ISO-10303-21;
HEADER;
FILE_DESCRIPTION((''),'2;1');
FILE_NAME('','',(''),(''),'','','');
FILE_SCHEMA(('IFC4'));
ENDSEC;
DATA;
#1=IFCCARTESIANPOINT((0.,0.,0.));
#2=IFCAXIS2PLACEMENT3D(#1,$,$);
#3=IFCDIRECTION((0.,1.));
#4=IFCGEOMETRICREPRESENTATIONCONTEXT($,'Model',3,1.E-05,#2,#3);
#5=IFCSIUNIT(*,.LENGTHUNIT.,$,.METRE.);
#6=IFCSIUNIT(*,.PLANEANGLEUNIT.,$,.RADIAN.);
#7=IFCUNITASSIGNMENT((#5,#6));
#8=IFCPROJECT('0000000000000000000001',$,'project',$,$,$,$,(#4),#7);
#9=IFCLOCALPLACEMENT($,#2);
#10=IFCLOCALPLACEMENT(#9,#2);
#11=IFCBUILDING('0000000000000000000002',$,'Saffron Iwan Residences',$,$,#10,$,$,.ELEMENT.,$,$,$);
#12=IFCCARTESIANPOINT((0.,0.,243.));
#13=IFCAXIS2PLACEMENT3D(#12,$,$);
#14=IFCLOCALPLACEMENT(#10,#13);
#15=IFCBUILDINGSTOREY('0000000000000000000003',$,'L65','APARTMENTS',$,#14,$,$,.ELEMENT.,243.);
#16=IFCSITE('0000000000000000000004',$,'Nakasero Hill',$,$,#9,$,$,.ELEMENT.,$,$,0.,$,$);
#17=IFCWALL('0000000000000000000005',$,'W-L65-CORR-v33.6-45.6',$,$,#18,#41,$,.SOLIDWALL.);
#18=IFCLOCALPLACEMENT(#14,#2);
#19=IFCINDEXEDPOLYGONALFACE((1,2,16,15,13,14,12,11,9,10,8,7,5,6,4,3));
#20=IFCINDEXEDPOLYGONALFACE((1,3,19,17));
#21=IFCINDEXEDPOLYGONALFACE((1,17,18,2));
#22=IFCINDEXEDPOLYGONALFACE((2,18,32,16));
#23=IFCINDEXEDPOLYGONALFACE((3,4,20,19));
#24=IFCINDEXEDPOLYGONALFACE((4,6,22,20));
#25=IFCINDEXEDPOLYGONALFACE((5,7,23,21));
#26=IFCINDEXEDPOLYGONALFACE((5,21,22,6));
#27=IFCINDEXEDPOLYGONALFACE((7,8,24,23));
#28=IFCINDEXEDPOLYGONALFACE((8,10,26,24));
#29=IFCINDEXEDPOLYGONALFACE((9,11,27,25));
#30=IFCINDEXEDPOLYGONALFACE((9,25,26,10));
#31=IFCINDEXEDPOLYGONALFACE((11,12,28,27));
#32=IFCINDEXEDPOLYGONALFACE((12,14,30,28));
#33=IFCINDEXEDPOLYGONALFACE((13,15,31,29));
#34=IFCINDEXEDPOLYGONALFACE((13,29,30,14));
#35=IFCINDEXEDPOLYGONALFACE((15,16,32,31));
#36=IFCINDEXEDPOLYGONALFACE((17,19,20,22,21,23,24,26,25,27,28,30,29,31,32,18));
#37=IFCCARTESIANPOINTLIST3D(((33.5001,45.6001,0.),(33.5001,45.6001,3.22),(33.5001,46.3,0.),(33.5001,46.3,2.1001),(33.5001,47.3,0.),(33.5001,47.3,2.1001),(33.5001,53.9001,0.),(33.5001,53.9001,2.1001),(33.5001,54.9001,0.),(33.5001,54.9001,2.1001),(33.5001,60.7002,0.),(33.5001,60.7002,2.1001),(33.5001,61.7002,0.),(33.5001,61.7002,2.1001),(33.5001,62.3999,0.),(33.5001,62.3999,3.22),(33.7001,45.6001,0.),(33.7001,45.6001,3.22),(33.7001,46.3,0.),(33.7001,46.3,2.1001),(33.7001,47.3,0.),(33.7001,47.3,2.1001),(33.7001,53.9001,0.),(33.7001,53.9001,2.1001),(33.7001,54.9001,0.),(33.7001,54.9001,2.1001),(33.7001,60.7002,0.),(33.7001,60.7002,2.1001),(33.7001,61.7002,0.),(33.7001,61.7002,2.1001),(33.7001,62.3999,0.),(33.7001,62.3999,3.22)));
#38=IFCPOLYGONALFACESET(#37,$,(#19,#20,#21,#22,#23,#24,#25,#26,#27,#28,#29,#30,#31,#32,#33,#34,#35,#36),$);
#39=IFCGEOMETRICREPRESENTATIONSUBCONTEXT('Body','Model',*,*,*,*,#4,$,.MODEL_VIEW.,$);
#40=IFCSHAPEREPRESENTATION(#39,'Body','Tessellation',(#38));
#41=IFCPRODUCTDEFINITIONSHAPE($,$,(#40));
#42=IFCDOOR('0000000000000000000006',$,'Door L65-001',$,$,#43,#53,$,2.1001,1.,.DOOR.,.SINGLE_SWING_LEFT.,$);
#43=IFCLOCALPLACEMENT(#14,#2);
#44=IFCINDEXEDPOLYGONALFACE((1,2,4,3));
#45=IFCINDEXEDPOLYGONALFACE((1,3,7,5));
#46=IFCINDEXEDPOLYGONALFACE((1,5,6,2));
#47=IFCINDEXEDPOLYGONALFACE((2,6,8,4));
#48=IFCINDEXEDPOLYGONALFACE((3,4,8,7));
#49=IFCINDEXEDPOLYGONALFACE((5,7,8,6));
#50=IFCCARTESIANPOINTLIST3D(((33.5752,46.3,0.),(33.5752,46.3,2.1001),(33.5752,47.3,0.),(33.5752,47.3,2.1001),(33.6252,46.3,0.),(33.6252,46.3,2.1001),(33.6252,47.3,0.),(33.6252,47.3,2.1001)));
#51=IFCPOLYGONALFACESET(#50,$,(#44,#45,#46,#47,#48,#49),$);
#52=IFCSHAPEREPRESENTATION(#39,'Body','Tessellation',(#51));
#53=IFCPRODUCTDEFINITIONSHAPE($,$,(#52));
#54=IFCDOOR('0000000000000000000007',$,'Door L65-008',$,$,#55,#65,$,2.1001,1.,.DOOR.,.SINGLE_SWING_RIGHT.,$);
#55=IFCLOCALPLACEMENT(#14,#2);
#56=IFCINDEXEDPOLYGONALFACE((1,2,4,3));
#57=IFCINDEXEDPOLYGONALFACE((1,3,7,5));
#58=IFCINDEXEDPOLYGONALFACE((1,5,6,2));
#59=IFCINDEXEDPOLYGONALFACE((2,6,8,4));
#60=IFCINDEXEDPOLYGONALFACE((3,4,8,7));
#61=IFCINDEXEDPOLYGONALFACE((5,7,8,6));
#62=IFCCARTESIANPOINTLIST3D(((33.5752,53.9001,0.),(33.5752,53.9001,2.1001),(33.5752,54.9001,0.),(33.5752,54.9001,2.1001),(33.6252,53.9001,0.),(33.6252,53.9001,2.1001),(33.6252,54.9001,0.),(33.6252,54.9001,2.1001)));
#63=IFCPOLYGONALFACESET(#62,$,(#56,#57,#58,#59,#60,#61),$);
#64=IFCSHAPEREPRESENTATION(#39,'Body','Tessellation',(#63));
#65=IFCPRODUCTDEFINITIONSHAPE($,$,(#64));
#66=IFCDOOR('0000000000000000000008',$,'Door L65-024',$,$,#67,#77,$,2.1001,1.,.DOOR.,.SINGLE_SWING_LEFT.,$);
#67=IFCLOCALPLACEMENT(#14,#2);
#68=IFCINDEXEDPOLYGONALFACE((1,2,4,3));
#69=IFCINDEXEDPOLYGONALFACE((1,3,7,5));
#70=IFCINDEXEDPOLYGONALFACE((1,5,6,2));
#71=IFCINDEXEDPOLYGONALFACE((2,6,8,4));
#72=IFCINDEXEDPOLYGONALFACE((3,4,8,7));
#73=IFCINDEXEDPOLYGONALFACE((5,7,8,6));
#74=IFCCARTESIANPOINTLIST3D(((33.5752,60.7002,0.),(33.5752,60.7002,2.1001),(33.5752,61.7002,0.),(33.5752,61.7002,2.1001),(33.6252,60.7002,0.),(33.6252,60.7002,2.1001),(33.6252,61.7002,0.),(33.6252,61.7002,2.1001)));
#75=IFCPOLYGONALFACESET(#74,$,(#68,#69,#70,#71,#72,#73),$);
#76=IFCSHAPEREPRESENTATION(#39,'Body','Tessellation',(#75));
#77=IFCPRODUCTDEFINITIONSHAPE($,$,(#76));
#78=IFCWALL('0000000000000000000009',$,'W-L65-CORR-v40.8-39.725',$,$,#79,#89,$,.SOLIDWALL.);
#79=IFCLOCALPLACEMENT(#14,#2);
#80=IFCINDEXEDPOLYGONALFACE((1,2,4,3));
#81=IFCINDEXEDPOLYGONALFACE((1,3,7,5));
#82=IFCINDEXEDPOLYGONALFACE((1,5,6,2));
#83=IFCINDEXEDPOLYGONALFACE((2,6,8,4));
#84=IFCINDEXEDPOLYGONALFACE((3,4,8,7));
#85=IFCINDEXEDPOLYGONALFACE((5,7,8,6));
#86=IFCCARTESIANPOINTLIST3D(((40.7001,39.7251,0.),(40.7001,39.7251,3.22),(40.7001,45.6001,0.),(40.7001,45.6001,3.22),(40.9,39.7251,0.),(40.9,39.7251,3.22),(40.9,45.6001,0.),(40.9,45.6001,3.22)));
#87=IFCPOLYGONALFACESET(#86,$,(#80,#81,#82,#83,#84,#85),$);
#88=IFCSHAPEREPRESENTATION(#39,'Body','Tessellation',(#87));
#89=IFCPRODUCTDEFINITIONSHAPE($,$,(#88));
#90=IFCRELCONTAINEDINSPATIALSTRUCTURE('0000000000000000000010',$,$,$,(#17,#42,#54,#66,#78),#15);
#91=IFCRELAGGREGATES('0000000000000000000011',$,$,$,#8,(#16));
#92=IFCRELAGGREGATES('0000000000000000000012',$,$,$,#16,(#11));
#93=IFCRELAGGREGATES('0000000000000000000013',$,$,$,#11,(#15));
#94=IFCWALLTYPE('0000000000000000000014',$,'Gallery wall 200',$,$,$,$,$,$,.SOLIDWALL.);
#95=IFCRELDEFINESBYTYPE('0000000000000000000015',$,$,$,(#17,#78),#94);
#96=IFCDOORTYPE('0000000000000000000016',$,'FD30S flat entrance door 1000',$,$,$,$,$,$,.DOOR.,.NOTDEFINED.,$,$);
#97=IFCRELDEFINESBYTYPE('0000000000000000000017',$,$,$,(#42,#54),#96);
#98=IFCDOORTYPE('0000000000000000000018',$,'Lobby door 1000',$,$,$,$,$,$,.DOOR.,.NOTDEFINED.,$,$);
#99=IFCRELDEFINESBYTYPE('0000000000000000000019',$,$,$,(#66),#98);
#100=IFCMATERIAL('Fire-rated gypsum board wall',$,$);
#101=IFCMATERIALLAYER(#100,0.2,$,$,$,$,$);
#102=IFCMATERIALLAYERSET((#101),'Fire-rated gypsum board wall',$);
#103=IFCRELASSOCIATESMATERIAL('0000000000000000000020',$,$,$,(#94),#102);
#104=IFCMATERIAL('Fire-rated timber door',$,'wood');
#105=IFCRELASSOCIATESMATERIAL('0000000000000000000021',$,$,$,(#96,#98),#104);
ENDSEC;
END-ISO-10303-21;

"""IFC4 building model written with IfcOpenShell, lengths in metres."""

from ifc_helpers import new_model, si_unit, direction, frame, frame_2d, origin, place, context, subcontext, project, spatial, rectangle, extrude, material, layer, layer_set, type_object, element, fill, save


model = new_model("IFC4")

# Units and contexts
model_context = context("Model", 3, precision=1e-05, world=origin(), true_north=direction((0.0, 1.0)))
body_context = subcontext(model_context, "Body", "Model", "MODEL_VIEW")
ifc_project = project(units=[si_unit("LENGTHUNIT", "METRE"), si_unit("PLANEANGLEUNIT", "RADIAN")], contexts=[model_context])

# Site, building, storey
site_placement = place(None, origin())
site = spatial("IfcSite", under=ifc_project, at=site_placement, Name="Nakasero Hill", CompositionType="ELEMENT", RefElevation=0.0)
building_placement = place(site_placement, origin())
building = spatial("IfcBuilding", under=site, at=building_placement, Name="Saffron Iwan Residences", CompositionType="ELEMENT")
storey_placement = place(building_placement, frame((0.0, 0.0, 243.0)))
storey = spatial("IfcBuildingStorey", under=building, at=storey_placement, Name="L65", Description="APARTMENTS", CompositionType="ELEMENT", Elevation=243.0)

# Shared definitions
ifc_material_1 = material(Name="Fire-rated gypsum board wall")
ifc_layer_1 = layer(ifc_material_1, 0.2)
ifc_layer_set_1 = layer_set([ifc_layer_1], Name="Fire-rated gypsum board wall")
wall_type_1 = type_object("IfcWallType", Name="Gallery wall 200", PredefinedType="SOLIDWALL", material=ifc_layer_set_1)

# Wall, openings, doors
wall_1_placement = place(storey_placement, frame((33.6001, 45.6001, 0.0), z_axis=(0.0, 0.0, 1.0), x_axis=(0.0, 1.0, 0.0)))
wall_1 = element("IfcWall", 1, at=wall_1_placement, inside=storey, type_object=wall_type_1, Name="W-L65-CORR-v33.6-45.6", PredefinedType="SOLIDWALL", context=body_context, shape_type="SweptSolid", body=[
    extrude(rectangle(XDim=16.7998, YDim=0.2, at=frame_2d((8.3999, 0.0))), origin(), (0.0, 0.0, 1.0), 3.22),
])
opening_1_placement = place(wall_1_placement, frame((0.7, 0.0, 0.0)))
opening_1 = element("IfcOpeningElement", 2, at=opening_1_placement, cuts=wall_1, PredefinedType="OPENING", context=body_context, shape_type="SweptSolid", body=[
    extrude(rectangle(XDim=1.0, YDim=2.1001, at=frame_2d((0.5, 1.05))), frame((0.0, 0.1099, 0.0), z_axis=(0.0, -1.0, 0.0), x_axis=(1.0, 0.0, 0.0)), (0.0, 0.0, 1.0), 0.22),
])
opening_2_placement = place(wall_1_placement, frame((8.3, 0.0, 0.0)))
opening_2 = element("IfcOpeningElement", 3, at=opening_2_placement, cuts=wall_1, PredefinedType="OPENING", context=body_context, shape_type="SweptSolid", body=[
    extrude(rectangle(XDim=1.0, YDim=2.1001, at=frame_2d((0.5, 1.05))), frame((0.0, 0.1099, 0.0), z_axis=(0.0, -1.0, 0.0), x_axis=(1.0, 0.0, 0.0)), (0.0, 0.0, 1.0), 0.22),
])
opening_3_placement = place(wall_1_placement, frame((15.1001, 0.0, 0.0)))
opening_3 = element("IfcOpeningElement", 4, at=opening_3_placement, cuts=wall_1, PredefinedType="OPENING", context=body_context, shape_type="SweptSolid", body=[
    extrude(rectangle(XDim=1.0, YDim=2.1001, at=frame_2d((0.5, 1.05))), frame((0.0, 0.1099, 0.0), z_axis=(0.0, -1.0, 0.0), x_axis=(1.0, 0.0, 0.0)), (0.0, 0.0, 1.0), 0.22),
])
ifc_material_2 = material(Name="Fire-rated timber door", Category="wood")
door_type_1 = type_object("IfcDoorType", Name="FD30S flat entrance door 1000", OperationType="NOTDEFINED", PredefinedType="DOOR", material=ifc_material_2)
door_1_placement = place(opening_1_placement, origin())
door_1 = element("IfcDoor", 5, at=door_1_placement, inside=storey, type_object=door_type_1, Name="Door L65-001", OperationType="SINGLE_SWING_LEFT", OverallHeight=2.1001, OverallWidth=1.0, PredefinedType="DOOR", context=body_context, shape_type="SweptSolid", body=[
    extrude(rectangle(XDim=1.0, YDim=2.1001, at=frame_2d((0.5, 1.05))), frame((0.0, 0.0249, 0.0), z_axis=(0.0, -1.0, 0.0), x_axis=(1.0, 0.0, 0.0)), (0.0, 0.0, 1.0), 0.05),
])
fill(opening_1, door_1)
door_2_placement = place(opening_2_placement, origin())
door_2 = element("IfcDoor", 6, at=door_2_placement, inside=storey, type_object=door_type_1, Name="Door L65-008", OperationType="SINGLE_SWING_RIGHT", OverallHeight=2.1001, OverallWidth=1.0, PredefinedType="DOOR", context=body_context, shape_type="SweptSolid", body=[
    extrude(rectangle(XDim=1.0, YDim=2.1001, at=frame_2d((0.5, 1.05))), frame((0.0, 0.0249, 0.0), z_axis=(0.0, -1.0, 0.0), x_axis=(1.0, 0.0, 0.0)), (0.0, 0.0, 1.0), 0.05),
])
fill(opening_2, door_2)
door_type_2 = type_object("IfcDoorType", Name="Lobby door 1000", OperationType="NOTDEFINED", PredefinedType="DOOR", material=ifc_material_2)
door_3_placement = place(opening_3_placement, origin())
door_3 = element("IfcDoor", 7, at=door_3_placement, inside=storey, type_object=door_type_2, Name="Door L65-024", OperationType="SINGLE_SWING_LEFT", OverallHeight=2.1001, OverallWidth=1.0, PredefinedType="DOOR", context=body_context, shape_type="SweptSolid", body=[
    extrude(rectangle(XDim=1.0, YDim=2.1001, at=frame_2d((0.5, 1.05))), frame((0.0, 0.0249, 0.0), z_axis=(0.0, -1.0, 0.0), x_axis=(1.0, 0.0, 0.0)), (0.0, 0.0, 1.0), 0.05),
])
fill(opening_3, door_3)

# Wall
wall_2_placement = place(storey_placement, frame((40.8, 39.7251, 0.0), z_axis=(0.0, 0.0, 1.0), x_axis=(0.0, 1.0, 0.0)))
element("IfcWall", 8, at=wall_2_placement, inside=storey, type_object=wall_type_1, Name="W-L65-CORR-v40.8-39.725", PredefinedType="SOLIDWALL", context=body_context, shape_type="SweptSolid", body=[
    extrude(rectangle(XDim=5.875, YDim=0.2, at=frame_2d((2.9375, 0.0))), origin(), (0.0, 0.0, 1.0), 3.22),
])

save(model, "model.ifc")
